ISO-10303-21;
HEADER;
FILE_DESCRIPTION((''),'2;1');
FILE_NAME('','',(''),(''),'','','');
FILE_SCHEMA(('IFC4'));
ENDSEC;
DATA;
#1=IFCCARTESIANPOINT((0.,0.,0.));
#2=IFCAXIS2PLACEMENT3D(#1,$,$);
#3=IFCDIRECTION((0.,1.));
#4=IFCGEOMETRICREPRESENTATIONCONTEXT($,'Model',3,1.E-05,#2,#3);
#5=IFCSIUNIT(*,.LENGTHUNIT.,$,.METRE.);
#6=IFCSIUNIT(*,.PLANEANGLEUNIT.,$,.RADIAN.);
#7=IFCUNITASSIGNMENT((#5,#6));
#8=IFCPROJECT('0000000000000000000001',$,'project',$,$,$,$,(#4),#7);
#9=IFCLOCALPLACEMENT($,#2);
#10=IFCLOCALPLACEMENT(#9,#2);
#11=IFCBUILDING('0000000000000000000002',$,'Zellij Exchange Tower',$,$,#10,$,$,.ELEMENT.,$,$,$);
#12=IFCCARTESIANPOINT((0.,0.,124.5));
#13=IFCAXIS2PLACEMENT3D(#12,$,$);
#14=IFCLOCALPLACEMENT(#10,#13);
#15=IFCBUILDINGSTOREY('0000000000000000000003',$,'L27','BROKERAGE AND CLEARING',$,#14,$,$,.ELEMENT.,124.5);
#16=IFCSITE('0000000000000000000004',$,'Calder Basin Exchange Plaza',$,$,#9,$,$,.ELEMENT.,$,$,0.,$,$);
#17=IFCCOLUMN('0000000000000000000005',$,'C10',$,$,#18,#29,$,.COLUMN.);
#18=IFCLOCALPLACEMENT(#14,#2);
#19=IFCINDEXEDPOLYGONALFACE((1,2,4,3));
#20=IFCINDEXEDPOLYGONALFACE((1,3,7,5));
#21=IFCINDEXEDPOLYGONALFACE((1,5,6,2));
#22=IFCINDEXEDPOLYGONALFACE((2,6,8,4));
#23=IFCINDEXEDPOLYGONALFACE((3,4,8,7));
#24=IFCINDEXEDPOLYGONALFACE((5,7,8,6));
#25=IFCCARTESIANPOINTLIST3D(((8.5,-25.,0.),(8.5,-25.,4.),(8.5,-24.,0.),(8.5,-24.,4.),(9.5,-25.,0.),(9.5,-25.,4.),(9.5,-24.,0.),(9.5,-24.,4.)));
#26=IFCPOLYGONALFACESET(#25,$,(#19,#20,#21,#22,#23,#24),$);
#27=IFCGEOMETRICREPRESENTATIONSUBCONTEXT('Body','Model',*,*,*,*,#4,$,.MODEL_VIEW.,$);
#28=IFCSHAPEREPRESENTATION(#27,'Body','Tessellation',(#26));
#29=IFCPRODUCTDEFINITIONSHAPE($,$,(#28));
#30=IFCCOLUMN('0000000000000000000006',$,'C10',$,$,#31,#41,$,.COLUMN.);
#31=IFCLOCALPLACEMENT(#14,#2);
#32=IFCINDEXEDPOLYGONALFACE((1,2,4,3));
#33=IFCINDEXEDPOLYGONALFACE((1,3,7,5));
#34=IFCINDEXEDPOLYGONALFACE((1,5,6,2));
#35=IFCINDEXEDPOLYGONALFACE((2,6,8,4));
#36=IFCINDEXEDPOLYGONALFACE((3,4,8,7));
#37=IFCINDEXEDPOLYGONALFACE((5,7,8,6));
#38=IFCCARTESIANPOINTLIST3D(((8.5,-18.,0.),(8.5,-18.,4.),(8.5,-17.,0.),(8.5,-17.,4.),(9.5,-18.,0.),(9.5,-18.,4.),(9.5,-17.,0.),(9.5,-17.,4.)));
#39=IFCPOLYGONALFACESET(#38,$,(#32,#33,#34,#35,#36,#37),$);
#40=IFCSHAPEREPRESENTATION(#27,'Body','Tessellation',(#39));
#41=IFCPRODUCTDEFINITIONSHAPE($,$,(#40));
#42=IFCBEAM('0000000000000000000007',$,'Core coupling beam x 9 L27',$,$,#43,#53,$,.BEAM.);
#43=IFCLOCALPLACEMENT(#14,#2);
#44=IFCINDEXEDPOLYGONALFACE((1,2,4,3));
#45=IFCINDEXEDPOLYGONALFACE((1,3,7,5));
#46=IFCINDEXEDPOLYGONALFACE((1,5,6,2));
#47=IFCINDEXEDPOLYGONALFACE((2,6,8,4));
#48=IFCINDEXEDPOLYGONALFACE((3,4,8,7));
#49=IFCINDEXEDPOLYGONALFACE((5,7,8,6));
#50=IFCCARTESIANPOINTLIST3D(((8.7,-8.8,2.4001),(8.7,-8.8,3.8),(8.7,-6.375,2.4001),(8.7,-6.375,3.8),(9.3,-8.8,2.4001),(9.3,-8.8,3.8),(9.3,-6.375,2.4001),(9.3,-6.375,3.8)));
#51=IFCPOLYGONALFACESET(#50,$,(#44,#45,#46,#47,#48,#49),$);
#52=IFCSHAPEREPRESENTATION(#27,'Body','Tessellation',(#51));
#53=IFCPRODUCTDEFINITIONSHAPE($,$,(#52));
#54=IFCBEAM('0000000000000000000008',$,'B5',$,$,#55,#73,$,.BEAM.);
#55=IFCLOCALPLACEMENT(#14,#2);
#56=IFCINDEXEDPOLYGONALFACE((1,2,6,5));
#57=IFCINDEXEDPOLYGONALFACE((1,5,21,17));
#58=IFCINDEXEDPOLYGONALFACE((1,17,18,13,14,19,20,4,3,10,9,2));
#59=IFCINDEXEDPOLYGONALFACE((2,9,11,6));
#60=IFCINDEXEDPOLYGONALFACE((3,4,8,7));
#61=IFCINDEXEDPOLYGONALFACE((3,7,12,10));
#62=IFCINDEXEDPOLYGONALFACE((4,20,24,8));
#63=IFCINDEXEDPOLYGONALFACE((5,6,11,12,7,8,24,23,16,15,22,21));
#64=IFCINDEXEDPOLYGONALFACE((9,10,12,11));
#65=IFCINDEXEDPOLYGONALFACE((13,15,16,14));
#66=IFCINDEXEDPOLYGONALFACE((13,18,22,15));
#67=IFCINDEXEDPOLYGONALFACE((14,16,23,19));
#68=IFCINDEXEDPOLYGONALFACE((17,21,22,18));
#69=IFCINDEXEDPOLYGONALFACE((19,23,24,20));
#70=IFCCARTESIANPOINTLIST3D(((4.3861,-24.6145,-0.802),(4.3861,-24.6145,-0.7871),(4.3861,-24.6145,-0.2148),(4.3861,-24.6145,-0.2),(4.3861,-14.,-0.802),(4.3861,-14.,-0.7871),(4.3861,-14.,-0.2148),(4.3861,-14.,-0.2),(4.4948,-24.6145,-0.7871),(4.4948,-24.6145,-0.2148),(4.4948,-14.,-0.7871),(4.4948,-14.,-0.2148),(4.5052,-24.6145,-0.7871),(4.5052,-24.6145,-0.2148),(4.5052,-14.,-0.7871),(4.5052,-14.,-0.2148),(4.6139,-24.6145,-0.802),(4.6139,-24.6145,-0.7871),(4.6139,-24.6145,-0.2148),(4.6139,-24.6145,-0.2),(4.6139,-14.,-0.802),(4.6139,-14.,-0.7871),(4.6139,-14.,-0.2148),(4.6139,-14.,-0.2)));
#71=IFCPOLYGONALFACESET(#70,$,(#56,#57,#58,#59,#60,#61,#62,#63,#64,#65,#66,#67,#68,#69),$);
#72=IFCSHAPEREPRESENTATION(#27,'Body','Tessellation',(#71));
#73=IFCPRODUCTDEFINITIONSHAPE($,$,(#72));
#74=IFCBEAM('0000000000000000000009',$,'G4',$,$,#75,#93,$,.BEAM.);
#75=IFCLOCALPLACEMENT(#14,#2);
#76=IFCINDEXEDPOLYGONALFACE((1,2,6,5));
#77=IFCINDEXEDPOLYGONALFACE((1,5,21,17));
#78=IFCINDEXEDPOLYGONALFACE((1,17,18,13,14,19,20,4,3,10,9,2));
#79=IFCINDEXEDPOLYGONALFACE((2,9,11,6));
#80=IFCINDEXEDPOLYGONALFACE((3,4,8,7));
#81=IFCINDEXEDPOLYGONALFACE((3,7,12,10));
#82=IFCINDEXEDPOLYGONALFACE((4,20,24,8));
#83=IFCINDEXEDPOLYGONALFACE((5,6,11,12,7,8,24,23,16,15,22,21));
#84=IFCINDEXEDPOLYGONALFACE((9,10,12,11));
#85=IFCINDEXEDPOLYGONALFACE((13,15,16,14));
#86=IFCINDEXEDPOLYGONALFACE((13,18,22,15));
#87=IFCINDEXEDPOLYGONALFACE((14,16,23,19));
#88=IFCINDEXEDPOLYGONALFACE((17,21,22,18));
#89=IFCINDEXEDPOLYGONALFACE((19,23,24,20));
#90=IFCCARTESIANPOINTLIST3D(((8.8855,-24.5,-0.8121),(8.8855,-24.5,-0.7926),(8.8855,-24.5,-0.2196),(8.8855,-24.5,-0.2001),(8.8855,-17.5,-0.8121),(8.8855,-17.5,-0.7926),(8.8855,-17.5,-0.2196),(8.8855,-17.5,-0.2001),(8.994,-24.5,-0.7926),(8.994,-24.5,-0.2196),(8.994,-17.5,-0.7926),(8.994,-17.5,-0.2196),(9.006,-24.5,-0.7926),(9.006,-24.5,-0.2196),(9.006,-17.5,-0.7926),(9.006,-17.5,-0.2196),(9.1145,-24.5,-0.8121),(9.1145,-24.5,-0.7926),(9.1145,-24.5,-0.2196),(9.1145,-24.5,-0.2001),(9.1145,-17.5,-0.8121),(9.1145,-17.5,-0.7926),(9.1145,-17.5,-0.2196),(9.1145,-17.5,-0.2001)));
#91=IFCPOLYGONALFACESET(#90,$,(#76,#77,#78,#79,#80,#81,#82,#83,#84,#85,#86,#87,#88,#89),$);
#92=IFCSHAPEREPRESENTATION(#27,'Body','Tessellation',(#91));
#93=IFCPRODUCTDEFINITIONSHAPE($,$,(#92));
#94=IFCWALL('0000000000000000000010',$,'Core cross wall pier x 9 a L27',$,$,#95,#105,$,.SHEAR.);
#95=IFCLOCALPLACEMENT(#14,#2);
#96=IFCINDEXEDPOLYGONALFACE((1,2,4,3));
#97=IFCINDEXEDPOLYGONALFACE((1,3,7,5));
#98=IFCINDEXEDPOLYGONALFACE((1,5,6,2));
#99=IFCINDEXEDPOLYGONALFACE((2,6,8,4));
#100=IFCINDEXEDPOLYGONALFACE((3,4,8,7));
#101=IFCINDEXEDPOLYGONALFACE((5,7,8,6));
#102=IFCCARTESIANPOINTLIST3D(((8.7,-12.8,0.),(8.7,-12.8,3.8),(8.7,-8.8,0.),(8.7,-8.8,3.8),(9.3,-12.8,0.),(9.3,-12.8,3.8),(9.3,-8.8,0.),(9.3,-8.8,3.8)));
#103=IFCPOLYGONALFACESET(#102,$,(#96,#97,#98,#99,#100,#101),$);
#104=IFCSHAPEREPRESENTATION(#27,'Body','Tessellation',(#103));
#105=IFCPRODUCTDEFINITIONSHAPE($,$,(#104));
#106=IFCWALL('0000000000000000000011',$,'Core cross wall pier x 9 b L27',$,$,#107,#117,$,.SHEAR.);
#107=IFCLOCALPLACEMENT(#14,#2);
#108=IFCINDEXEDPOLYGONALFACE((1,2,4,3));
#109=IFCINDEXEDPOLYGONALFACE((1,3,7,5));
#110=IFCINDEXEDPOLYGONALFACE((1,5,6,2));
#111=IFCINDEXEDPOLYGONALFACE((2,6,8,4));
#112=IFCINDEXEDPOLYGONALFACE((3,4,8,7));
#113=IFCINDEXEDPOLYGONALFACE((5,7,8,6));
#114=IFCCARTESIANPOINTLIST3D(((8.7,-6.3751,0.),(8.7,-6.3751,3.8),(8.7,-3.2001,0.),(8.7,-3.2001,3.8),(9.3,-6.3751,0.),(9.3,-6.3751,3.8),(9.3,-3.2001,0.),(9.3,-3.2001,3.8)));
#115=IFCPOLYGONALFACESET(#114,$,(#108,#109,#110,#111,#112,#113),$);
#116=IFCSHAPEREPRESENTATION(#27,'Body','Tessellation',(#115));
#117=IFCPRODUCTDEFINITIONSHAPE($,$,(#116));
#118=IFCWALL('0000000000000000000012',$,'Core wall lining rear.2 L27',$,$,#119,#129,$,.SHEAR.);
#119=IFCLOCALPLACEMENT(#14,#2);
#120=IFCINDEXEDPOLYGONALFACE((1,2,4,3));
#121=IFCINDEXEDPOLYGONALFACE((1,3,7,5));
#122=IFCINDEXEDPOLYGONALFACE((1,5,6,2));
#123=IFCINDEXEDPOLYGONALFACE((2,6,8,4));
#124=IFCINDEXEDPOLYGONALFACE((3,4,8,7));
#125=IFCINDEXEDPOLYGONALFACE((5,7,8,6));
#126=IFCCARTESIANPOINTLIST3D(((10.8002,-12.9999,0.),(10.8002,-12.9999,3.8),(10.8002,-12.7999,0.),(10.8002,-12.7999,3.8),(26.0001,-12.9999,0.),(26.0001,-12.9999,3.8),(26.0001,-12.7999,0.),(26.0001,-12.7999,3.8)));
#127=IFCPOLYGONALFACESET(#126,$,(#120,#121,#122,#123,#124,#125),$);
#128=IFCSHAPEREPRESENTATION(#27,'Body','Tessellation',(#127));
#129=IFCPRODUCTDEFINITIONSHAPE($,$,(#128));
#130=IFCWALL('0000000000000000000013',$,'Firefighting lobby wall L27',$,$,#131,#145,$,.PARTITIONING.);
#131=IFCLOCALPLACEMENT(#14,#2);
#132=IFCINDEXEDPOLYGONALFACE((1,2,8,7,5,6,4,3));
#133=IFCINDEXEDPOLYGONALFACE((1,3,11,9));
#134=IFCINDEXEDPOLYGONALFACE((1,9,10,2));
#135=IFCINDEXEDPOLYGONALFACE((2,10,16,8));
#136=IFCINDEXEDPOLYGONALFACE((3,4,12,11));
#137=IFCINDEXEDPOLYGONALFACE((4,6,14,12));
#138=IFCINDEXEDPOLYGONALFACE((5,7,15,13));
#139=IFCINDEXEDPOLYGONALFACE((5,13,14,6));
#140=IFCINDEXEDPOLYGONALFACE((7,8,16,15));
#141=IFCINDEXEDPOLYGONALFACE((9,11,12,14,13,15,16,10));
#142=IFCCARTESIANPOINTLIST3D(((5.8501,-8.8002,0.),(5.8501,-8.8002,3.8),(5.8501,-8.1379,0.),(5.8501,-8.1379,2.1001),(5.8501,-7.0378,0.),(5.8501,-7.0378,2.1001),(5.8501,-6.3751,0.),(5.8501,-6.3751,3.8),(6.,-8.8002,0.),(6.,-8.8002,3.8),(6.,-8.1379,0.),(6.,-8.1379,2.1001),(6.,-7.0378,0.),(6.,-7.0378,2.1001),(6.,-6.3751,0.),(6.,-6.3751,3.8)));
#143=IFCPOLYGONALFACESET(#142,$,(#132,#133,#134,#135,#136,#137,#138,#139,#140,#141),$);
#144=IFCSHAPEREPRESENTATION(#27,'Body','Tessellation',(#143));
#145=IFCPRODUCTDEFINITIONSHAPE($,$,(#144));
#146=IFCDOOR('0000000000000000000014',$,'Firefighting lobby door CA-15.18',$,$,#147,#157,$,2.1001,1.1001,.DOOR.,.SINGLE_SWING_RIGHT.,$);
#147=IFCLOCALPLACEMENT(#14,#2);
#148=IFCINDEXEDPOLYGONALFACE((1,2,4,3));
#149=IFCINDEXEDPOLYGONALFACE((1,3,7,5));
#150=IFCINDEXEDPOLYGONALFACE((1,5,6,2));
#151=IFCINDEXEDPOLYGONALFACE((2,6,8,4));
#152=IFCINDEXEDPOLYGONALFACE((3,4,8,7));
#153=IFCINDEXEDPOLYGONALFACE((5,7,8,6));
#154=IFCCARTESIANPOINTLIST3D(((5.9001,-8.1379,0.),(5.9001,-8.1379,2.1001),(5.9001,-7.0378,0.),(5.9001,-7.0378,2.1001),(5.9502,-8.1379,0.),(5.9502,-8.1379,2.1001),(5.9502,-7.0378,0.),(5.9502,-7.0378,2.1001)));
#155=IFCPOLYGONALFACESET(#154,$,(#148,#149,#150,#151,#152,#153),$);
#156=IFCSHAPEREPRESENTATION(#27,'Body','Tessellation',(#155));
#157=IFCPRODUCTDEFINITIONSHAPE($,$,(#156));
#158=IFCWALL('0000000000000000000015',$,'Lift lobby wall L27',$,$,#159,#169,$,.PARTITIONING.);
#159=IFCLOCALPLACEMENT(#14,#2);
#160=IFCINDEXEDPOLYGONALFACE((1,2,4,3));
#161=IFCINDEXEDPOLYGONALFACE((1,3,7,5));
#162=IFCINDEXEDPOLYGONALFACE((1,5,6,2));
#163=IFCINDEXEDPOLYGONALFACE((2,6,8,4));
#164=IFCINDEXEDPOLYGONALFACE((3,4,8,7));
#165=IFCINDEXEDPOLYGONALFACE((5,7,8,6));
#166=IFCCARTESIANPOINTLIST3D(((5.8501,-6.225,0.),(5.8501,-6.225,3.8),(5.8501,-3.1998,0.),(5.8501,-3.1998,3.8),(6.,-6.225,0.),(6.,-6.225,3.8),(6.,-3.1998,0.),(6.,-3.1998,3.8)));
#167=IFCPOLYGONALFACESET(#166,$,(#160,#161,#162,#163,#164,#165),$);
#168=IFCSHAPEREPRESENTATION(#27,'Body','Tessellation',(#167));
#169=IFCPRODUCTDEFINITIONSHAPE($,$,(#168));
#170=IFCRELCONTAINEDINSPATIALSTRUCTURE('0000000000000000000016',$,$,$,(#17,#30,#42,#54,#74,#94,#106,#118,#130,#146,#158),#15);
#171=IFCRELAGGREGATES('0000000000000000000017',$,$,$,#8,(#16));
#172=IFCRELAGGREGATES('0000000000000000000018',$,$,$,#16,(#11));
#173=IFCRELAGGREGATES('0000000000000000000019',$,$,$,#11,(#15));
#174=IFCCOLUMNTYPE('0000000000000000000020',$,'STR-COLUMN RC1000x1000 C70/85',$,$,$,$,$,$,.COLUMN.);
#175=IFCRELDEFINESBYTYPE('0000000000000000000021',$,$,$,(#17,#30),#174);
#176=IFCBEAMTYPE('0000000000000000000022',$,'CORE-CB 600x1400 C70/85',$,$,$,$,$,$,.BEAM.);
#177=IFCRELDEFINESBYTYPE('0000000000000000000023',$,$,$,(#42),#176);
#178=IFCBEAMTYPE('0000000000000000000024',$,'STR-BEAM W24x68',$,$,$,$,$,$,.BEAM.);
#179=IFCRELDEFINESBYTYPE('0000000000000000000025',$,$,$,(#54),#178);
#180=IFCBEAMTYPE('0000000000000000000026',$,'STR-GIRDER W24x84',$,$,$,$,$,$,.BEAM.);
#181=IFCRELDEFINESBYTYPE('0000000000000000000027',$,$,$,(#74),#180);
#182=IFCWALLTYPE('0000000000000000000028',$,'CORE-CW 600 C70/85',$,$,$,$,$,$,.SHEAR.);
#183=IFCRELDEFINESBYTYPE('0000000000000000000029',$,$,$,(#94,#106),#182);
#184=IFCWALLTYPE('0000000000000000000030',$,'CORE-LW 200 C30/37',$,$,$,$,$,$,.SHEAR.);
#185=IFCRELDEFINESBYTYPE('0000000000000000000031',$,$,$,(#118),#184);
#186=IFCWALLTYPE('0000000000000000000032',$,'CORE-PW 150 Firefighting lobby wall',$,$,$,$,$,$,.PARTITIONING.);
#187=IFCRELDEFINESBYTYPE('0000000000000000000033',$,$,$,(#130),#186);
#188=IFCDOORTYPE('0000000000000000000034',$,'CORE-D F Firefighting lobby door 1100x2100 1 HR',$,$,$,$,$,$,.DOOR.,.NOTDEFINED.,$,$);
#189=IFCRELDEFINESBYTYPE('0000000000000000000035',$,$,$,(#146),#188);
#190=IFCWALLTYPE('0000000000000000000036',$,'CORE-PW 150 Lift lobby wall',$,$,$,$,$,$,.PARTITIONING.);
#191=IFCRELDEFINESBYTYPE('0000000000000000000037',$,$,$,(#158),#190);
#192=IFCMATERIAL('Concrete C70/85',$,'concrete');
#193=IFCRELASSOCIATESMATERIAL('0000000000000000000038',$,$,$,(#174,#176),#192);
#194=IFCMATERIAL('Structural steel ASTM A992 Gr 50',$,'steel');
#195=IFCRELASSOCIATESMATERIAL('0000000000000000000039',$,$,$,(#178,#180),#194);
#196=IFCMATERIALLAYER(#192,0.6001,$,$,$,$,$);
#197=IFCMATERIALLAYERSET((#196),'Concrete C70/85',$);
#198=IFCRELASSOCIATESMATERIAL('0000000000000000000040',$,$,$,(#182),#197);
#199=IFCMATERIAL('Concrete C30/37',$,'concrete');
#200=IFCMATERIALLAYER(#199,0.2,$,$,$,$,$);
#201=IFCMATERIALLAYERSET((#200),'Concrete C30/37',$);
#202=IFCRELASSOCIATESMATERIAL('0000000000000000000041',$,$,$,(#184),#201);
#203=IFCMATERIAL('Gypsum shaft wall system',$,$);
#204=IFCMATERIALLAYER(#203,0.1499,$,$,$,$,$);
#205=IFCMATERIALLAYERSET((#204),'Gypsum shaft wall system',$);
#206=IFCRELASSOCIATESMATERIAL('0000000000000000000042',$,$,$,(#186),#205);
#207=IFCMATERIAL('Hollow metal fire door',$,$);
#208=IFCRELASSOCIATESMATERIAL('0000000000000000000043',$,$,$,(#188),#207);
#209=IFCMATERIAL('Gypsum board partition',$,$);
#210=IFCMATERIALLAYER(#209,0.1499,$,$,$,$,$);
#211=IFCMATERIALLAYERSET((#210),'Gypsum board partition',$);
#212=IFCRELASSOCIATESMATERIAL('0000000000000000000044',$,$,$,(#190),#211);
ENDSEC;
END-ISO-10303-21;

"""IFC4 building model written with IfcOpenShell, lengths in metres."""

from ifc_helpers import new_model, si_unit, direction, frame, frame_2d, origin, origin_2d, place, context, subcontext, project, spatial, rectangle, i_section, extrude, material, layer, layer_set, material_profile, profile_set, type_object, element, fill, save


model = new_model("IFC4")

# Units and contexts
model_context = context("Model", 3, precision=1e-05, world=origin(), true_north=direction((0.0, 1.0)))
body_context = subcontext(model_context, "Body", "Model", "MODEL_VIEW")
ifc_project = project(units=[si_unit("LENGTHUNIT", "METRE"), si_unit("PLANEANGLEUNIT", "RADIAN")], contexts=[model_context])

# Site, building, storey
site_placement = place(None, origin())
site = spatial("IfcSite", under=ifc_project, at=site_placement, Name="Calder Basin Exchange Plaza", CompositionType="ELEMENT", RefElevation=0.0)
building_placement = place(site_placement, origin())
building = spatial("IfcBuilding", under=site, at=building_placement, Name="Zellij Exchange Tower", CompositionType="ELEMENT")
storey_placement = place(building_placement, frame((0.0, 0.0, 124.5)))
storey = spatial("IfcBuildingStorey", under=building, at=storey_placement, Name="L27", Description="BROKERAGE AND CLEARING", CompositionType="ELEMENT", Elevation=124.5)

# Columns
ifc_material_1 = material(Name="Concrete C70/85", Category="concrete")
ifc_material_profile_1 = material_profile(ifc_material_1, rectangle(XDim=1.0, YDim=1.0, at=origin_2d()), Name="STR-COLUMN RC1000x1000 C70/85")
ifc_profile_set_1 = profile_set([ifc_material_profile_1], Name="Concrete C70/85")
column_type = type_object("IfcColumnType", Name="STR-COLUMN RC1000x1000 C70/85", PredefinedType="COLUMN", material=ifc_profile_set_1)
for number, where, z_axis, x_axis, name in (
    (1, (9.0, -24.5, 0.0), (0.0, 0.0, 1.0), (1.0, 0.0, 0.0), "C10"),
    (2, (9.0, -17.5, 0.0), (0.0, 0.0, 1.0), (1.0, 0.0, 0.0), "C10"),
):
    element("IfcColumn", number, at=place(storey_placement, frame(where, z_axis=z_axis, x_axis=x_axis)), inside=storey, type_object=column_type, Name=name, PredefinedType="COLUMN", context=body_context, shape_type="SweptSolid", body=[
        extrude(rectangle(XDim=1.0, YDim=1.0, at=origin_2d()), origin(), (0.0, 0.0, 1.0), 4.0),
    ])

# Beams
ifc_material_profile_2 = material_profile(ifc_material_1, rectangle(XDim=0.6001, YDim=1.3999, at=origin_2d()), Name="CORE-CB 600x1400 C70/85")
ifc_profile_set_2 = profile_set([ifc_material_profile_2], Name="Concrete C70/85")
beam_type_1 = type_object("IfcBeamType", Name="CORE-CB 600x1400 C70/85", PredefinedType="BEAM", material=ifc_profile_set_2)
beam_1_placement = place(storey_placement, frame((9.0, -8.8, 3.1001), z_axis=(0.0, 1.0, 0.0), x_axis=(-1.0, 0.0, 0.0)))
element("IfcBeam", 3, at=beam_1_placement, inside=storey, type_object=beam_type_1, Name="Core coupling beam x 9 L27", PredefinedType="BEAM", context=body_context, shape_type="SweptSolid", body=[
    extrude(rectangle(XDim=0.6001, YDim=1.3999, at=origin_2d()), origin(), (0.0, 0.0, 1.0), 2.425),
])
ifc_material_2 = material(Name="Structural steel ASTM A992 Gr 50", Category="steel")
ifc_material_profile_3 = material_profile(ifc_material_2, i_section(OverallWidth=0.2278, OverallDepth=0.6021, WebThickness=0.0105, FlangeThickness=0.0149, at=origin_2d()), Name="W24x68")
ifc_profile_set_3 = profile_set([ifc_material_profile_3], Name="Structural steel ASTM A992 Gr 50")
beam_type_2 = type_object("IfcBeamType", Name="STR-BEAM W24x68", PredefinedType="BEAM", material=ifc_profile_set_3)
beam_2_placement = place(storey_placement, frame((4.5, -24.6145, -0.501), z_axis=(0.0, 1.0, 0.0), x_axis=(-1.0, 0.0, 0.0)))
element("IfcBeam", 4, at=beam_2_placement, inside=storey, type_object=beam_type_2, Name="B5", PredefinedType="BEAM", context=body_context, shape_type="SweptSolid", body=[
    extrude(i_section(OverallWidth=0.2278, OverallDepth=0.6021, WebThickness=0.0105, FlangeThickness=0.0149, at=origin_2d()), origin(), (0.0, 0.0, 1.0), 10.6145),
])
ifc_material_profile_4 = material_profile(ifc_material_2, i_section(OverallWidth=0.229, OverallDepth=0.6121, WebThickness=0.012, FlangeThickness=0.0195, at=origin_2d()), Name="W24x84")
ifc_profile_set_4 = profile_set([ifc_material_profile_4], Name="Structural steel ASTM A992 Gr 50")
beam_type_3 = type_object("IfcBeamType", Name="STR-GIRDER W24x84", PredefinedType="BEAM", material=ifc_profile_set_4)
beam_3_placement = place(storey_placement, frame((9.0, -24.5, -0.5061), z_axis=(0.0, 1.0, 0.0), x_axis=(-1.0, 0.0, 0.0)))
element("IfcBeam", 5, at=beam_3_placement, inside=storey, type_object=beam_type_3, Name="G4", PredefinedType="BEAM", context=body_context, shape_type="SweptSolid", body=[
    extrude(i_section(OverallWidth=0.229, OverallDepth=0.6121, WebThickness=0.012, FlangeThickness=0.0195, at=origin_2d()), origin(), (0.0, 0.0, 1.0), 7.0),
])

# Walls
ifc_layer_1 = layer(ifc_material_1, 0.6001)
ifc_layer_set_1 = layer_set([ifc_layer_1], Name="Concrete C70/85")
wall_type_1 = type_object("IfcWallType", Name="CORE-CW 600 C70/85", PredefinedType="SHEAR", material=ifc_layer_set_1)
wall_1_placement = place(storey_placement, frame((9.0, -12.8, 0.0), z_axis=(0.0, 0.0, 1.0), x_axis=(0.0, 1.0, 0.0)))
element("IfcWall", 6, at=wall_1_placement, inside=storey, type_object=wall_type_1, Name="Core cross wall pier x 9 a L27", PredefinedType="SHEAR", context=body_context, shape_type="SweptSolid", body=[
    extrude(rectangle(XDim=4.0, YDim=0.6001, at=frame_2d((2.0, 0.0))), origin(), (0.0, 0.0, 1.0), 3.8),
])
wall_2_placement = place(storey_placement, frame((9.0, -6.375, 0.0), z_axis=(0.0, 0.0, 1.0), x_axis=(0.0, 1.0, 0.0)))
element("IfcWall", 7, at=wall_2_placement, inside=storey, type_object=wall_type_1, Name="Core cross wall pier x 9 b L27", PredefinedType="SHEAR", context=body_context, shape_type="SweptSolid", body=[
    extrude(rectangle(XDim=3.175, YDim=0.6001, at=frame_2d((1.5874, 0.0))), origin(), (0.0, 0.0, 1.0), 3.8),
])
ifc_material_3 = material(Name="Concrete C30/37", Category="concrete")
ifc_layer_2 = layer(ifc_material_3, 0.2)
ifc_layer_set_2 = layer_set([ifc_layer_2], Name="Concrete C30/37")
wall_type_2 = type_object("IfcWallType", Name="CORE-LW 200 C30/37", PredefinedType="SHEAR", material=ifc_layer_set_2)
wall_3_placement = place(storey_placement, frame((10.8, -12.8999, 0.0), z_axis=(0.0, 0.0, 1.0), x_axis=(1.0, 0.0, 0.0)))
element("IfcWall", 8, at=wall_3_placement, inside=storey, type_object=wall_type_2, Name="Core wall lining rear.2 L27", PredefinedType="SHEAR", context=body_context, shape_type="SweptSolid", body=[
    extrude(rectangle(XDim=15.2, YDim=0.2, at=frame_2d((7.6001, 0.0))), origin(), (0.0, 0.0, 1.0), 3.8),
])

# Wall, opening, door
ifc_material_4 = material(Name="Gypsum shaft wall system")
ifc_layer_3 = layer(ifc_material_4, 0.1499)
ifc_layer_set_3 = layer_set([ifc_layer_3], Name="Gypsum shaft wall system")
wall_type_3 = type_object("IfcWallType", Name="CORE-PW 150 Firefighting lobby wall", PredefinedType="PARTITIONING", material=ifc_layer_set_3)
wall_4_placement = place(storey_placement, frame((5.925, -8.8, 0.0), z_axis=(0.0, 0.0, 1.0), x_axis=(0.0, 1.0, 0.0)))
wall_4 = element("IfcWall", 9, at=wall_4_placement, inside=storey, type_object=wall_type_3, Name="Firefighting lobby wall L27", PredefinedType="PARTITIONING", context=body_context, shape_type="SweptSolid", body=[
    extrude(rectangle(XDim=2.425, YDim=0.1499, at=frame_2d((1.2124, 0.0))), origin(), (0.0, 0.0, 1.0), 3.8),
])
opening_1_placement = place(wall_4_placement, frame((0.6621, 0.0, 0.0)))
opening_1 = element("IfcOpeningElement", 10, at=opening_1_placement, cuts=wall_4, PredefinedType="OPENING", context=body_context, shape_type="SweptSolid", body=[
    extrude(rectangle(XDim=1.1001, YDim=2.1001, at=frame_2d((0.55, 1.05))), frame((0.0, 0.0869, 0.0), z_axis=(0.0, -1.0, 0.0), x_axis=(1.0, 0.0, 0.0)), (0.0, 0.0, 1.0), 0.1738),
])
ifc_material_5 = material(Name="Hollow metal fire door")
door_type_1 = type_object("IfcDoorType", Name="CORE-D F Firefighting lobby door 1100x2100 1 HR", OperationType="NOTDEFINED", PredefinedType="DOOR", material=ifc_material_5)
door_1_placement = place(opening_1_placement, origin())
door_1 = element("IfcDoor", 11, at=door_1_placement, inside=storey, type_object=door_type_1, Name="Firefighting lobby door CA-15.18", OperationType="SINGLE_SWING_RIGHT", OverallHeight=2.1001, OverallWidth=1.1001, PredefinedType="DOOR", context=body_context, shape_type="SweptSolid", body=[
    extrude(rectangle(XDim=1.1001, YDim=2.1001, at=frame_2d((0.55, 1.05))), frame((0.0, 0.0249, 0.0), z_axis=(0.0, -1.0, 0.0), x_axis=(1.0, 0.0, 0.0)), (0.0, 0.0, 1.0), 0.05),
])
fill(opening_1, door_1)

# Wall
ifc_material_6 = material(Name="Gypsum board partition")
ifc_layer_4 = layer(ifc_material_6, 0.1499)
ifc_layer_set_4 = layer_set([ifc_layer_4], Name="Gypsum board partition")
wall_type_4 = type_object("IfcWallType", Name="CORE-PW 150 Lift lobby wall", PredefinedType="PARTITIONING", material=ifc_layer_set_4)
wall_5_placement = place(storey_placement, frame((5.925, -6.2251, 0.0), z_axis=(0.0, 0.0, 1.0), x_axis=(0.0, 1.0, 0.0)))
element("IfcWall", 12, at=wall_5_placement, inside=storey, type_object=wall_type_4, Name="Lift lobby wall L27", PredefinedType="PARTITIONING", context=body_context, shape_type="SweptSolid", body=[
    extrude(rectangle(XDim=3.0251, YDim=0.1499, at=frame_2d((1.5127, 0.0))), origin(), (0.0, 0.0, 1.0), 3.8),
])

save(model, "model.ifc")
